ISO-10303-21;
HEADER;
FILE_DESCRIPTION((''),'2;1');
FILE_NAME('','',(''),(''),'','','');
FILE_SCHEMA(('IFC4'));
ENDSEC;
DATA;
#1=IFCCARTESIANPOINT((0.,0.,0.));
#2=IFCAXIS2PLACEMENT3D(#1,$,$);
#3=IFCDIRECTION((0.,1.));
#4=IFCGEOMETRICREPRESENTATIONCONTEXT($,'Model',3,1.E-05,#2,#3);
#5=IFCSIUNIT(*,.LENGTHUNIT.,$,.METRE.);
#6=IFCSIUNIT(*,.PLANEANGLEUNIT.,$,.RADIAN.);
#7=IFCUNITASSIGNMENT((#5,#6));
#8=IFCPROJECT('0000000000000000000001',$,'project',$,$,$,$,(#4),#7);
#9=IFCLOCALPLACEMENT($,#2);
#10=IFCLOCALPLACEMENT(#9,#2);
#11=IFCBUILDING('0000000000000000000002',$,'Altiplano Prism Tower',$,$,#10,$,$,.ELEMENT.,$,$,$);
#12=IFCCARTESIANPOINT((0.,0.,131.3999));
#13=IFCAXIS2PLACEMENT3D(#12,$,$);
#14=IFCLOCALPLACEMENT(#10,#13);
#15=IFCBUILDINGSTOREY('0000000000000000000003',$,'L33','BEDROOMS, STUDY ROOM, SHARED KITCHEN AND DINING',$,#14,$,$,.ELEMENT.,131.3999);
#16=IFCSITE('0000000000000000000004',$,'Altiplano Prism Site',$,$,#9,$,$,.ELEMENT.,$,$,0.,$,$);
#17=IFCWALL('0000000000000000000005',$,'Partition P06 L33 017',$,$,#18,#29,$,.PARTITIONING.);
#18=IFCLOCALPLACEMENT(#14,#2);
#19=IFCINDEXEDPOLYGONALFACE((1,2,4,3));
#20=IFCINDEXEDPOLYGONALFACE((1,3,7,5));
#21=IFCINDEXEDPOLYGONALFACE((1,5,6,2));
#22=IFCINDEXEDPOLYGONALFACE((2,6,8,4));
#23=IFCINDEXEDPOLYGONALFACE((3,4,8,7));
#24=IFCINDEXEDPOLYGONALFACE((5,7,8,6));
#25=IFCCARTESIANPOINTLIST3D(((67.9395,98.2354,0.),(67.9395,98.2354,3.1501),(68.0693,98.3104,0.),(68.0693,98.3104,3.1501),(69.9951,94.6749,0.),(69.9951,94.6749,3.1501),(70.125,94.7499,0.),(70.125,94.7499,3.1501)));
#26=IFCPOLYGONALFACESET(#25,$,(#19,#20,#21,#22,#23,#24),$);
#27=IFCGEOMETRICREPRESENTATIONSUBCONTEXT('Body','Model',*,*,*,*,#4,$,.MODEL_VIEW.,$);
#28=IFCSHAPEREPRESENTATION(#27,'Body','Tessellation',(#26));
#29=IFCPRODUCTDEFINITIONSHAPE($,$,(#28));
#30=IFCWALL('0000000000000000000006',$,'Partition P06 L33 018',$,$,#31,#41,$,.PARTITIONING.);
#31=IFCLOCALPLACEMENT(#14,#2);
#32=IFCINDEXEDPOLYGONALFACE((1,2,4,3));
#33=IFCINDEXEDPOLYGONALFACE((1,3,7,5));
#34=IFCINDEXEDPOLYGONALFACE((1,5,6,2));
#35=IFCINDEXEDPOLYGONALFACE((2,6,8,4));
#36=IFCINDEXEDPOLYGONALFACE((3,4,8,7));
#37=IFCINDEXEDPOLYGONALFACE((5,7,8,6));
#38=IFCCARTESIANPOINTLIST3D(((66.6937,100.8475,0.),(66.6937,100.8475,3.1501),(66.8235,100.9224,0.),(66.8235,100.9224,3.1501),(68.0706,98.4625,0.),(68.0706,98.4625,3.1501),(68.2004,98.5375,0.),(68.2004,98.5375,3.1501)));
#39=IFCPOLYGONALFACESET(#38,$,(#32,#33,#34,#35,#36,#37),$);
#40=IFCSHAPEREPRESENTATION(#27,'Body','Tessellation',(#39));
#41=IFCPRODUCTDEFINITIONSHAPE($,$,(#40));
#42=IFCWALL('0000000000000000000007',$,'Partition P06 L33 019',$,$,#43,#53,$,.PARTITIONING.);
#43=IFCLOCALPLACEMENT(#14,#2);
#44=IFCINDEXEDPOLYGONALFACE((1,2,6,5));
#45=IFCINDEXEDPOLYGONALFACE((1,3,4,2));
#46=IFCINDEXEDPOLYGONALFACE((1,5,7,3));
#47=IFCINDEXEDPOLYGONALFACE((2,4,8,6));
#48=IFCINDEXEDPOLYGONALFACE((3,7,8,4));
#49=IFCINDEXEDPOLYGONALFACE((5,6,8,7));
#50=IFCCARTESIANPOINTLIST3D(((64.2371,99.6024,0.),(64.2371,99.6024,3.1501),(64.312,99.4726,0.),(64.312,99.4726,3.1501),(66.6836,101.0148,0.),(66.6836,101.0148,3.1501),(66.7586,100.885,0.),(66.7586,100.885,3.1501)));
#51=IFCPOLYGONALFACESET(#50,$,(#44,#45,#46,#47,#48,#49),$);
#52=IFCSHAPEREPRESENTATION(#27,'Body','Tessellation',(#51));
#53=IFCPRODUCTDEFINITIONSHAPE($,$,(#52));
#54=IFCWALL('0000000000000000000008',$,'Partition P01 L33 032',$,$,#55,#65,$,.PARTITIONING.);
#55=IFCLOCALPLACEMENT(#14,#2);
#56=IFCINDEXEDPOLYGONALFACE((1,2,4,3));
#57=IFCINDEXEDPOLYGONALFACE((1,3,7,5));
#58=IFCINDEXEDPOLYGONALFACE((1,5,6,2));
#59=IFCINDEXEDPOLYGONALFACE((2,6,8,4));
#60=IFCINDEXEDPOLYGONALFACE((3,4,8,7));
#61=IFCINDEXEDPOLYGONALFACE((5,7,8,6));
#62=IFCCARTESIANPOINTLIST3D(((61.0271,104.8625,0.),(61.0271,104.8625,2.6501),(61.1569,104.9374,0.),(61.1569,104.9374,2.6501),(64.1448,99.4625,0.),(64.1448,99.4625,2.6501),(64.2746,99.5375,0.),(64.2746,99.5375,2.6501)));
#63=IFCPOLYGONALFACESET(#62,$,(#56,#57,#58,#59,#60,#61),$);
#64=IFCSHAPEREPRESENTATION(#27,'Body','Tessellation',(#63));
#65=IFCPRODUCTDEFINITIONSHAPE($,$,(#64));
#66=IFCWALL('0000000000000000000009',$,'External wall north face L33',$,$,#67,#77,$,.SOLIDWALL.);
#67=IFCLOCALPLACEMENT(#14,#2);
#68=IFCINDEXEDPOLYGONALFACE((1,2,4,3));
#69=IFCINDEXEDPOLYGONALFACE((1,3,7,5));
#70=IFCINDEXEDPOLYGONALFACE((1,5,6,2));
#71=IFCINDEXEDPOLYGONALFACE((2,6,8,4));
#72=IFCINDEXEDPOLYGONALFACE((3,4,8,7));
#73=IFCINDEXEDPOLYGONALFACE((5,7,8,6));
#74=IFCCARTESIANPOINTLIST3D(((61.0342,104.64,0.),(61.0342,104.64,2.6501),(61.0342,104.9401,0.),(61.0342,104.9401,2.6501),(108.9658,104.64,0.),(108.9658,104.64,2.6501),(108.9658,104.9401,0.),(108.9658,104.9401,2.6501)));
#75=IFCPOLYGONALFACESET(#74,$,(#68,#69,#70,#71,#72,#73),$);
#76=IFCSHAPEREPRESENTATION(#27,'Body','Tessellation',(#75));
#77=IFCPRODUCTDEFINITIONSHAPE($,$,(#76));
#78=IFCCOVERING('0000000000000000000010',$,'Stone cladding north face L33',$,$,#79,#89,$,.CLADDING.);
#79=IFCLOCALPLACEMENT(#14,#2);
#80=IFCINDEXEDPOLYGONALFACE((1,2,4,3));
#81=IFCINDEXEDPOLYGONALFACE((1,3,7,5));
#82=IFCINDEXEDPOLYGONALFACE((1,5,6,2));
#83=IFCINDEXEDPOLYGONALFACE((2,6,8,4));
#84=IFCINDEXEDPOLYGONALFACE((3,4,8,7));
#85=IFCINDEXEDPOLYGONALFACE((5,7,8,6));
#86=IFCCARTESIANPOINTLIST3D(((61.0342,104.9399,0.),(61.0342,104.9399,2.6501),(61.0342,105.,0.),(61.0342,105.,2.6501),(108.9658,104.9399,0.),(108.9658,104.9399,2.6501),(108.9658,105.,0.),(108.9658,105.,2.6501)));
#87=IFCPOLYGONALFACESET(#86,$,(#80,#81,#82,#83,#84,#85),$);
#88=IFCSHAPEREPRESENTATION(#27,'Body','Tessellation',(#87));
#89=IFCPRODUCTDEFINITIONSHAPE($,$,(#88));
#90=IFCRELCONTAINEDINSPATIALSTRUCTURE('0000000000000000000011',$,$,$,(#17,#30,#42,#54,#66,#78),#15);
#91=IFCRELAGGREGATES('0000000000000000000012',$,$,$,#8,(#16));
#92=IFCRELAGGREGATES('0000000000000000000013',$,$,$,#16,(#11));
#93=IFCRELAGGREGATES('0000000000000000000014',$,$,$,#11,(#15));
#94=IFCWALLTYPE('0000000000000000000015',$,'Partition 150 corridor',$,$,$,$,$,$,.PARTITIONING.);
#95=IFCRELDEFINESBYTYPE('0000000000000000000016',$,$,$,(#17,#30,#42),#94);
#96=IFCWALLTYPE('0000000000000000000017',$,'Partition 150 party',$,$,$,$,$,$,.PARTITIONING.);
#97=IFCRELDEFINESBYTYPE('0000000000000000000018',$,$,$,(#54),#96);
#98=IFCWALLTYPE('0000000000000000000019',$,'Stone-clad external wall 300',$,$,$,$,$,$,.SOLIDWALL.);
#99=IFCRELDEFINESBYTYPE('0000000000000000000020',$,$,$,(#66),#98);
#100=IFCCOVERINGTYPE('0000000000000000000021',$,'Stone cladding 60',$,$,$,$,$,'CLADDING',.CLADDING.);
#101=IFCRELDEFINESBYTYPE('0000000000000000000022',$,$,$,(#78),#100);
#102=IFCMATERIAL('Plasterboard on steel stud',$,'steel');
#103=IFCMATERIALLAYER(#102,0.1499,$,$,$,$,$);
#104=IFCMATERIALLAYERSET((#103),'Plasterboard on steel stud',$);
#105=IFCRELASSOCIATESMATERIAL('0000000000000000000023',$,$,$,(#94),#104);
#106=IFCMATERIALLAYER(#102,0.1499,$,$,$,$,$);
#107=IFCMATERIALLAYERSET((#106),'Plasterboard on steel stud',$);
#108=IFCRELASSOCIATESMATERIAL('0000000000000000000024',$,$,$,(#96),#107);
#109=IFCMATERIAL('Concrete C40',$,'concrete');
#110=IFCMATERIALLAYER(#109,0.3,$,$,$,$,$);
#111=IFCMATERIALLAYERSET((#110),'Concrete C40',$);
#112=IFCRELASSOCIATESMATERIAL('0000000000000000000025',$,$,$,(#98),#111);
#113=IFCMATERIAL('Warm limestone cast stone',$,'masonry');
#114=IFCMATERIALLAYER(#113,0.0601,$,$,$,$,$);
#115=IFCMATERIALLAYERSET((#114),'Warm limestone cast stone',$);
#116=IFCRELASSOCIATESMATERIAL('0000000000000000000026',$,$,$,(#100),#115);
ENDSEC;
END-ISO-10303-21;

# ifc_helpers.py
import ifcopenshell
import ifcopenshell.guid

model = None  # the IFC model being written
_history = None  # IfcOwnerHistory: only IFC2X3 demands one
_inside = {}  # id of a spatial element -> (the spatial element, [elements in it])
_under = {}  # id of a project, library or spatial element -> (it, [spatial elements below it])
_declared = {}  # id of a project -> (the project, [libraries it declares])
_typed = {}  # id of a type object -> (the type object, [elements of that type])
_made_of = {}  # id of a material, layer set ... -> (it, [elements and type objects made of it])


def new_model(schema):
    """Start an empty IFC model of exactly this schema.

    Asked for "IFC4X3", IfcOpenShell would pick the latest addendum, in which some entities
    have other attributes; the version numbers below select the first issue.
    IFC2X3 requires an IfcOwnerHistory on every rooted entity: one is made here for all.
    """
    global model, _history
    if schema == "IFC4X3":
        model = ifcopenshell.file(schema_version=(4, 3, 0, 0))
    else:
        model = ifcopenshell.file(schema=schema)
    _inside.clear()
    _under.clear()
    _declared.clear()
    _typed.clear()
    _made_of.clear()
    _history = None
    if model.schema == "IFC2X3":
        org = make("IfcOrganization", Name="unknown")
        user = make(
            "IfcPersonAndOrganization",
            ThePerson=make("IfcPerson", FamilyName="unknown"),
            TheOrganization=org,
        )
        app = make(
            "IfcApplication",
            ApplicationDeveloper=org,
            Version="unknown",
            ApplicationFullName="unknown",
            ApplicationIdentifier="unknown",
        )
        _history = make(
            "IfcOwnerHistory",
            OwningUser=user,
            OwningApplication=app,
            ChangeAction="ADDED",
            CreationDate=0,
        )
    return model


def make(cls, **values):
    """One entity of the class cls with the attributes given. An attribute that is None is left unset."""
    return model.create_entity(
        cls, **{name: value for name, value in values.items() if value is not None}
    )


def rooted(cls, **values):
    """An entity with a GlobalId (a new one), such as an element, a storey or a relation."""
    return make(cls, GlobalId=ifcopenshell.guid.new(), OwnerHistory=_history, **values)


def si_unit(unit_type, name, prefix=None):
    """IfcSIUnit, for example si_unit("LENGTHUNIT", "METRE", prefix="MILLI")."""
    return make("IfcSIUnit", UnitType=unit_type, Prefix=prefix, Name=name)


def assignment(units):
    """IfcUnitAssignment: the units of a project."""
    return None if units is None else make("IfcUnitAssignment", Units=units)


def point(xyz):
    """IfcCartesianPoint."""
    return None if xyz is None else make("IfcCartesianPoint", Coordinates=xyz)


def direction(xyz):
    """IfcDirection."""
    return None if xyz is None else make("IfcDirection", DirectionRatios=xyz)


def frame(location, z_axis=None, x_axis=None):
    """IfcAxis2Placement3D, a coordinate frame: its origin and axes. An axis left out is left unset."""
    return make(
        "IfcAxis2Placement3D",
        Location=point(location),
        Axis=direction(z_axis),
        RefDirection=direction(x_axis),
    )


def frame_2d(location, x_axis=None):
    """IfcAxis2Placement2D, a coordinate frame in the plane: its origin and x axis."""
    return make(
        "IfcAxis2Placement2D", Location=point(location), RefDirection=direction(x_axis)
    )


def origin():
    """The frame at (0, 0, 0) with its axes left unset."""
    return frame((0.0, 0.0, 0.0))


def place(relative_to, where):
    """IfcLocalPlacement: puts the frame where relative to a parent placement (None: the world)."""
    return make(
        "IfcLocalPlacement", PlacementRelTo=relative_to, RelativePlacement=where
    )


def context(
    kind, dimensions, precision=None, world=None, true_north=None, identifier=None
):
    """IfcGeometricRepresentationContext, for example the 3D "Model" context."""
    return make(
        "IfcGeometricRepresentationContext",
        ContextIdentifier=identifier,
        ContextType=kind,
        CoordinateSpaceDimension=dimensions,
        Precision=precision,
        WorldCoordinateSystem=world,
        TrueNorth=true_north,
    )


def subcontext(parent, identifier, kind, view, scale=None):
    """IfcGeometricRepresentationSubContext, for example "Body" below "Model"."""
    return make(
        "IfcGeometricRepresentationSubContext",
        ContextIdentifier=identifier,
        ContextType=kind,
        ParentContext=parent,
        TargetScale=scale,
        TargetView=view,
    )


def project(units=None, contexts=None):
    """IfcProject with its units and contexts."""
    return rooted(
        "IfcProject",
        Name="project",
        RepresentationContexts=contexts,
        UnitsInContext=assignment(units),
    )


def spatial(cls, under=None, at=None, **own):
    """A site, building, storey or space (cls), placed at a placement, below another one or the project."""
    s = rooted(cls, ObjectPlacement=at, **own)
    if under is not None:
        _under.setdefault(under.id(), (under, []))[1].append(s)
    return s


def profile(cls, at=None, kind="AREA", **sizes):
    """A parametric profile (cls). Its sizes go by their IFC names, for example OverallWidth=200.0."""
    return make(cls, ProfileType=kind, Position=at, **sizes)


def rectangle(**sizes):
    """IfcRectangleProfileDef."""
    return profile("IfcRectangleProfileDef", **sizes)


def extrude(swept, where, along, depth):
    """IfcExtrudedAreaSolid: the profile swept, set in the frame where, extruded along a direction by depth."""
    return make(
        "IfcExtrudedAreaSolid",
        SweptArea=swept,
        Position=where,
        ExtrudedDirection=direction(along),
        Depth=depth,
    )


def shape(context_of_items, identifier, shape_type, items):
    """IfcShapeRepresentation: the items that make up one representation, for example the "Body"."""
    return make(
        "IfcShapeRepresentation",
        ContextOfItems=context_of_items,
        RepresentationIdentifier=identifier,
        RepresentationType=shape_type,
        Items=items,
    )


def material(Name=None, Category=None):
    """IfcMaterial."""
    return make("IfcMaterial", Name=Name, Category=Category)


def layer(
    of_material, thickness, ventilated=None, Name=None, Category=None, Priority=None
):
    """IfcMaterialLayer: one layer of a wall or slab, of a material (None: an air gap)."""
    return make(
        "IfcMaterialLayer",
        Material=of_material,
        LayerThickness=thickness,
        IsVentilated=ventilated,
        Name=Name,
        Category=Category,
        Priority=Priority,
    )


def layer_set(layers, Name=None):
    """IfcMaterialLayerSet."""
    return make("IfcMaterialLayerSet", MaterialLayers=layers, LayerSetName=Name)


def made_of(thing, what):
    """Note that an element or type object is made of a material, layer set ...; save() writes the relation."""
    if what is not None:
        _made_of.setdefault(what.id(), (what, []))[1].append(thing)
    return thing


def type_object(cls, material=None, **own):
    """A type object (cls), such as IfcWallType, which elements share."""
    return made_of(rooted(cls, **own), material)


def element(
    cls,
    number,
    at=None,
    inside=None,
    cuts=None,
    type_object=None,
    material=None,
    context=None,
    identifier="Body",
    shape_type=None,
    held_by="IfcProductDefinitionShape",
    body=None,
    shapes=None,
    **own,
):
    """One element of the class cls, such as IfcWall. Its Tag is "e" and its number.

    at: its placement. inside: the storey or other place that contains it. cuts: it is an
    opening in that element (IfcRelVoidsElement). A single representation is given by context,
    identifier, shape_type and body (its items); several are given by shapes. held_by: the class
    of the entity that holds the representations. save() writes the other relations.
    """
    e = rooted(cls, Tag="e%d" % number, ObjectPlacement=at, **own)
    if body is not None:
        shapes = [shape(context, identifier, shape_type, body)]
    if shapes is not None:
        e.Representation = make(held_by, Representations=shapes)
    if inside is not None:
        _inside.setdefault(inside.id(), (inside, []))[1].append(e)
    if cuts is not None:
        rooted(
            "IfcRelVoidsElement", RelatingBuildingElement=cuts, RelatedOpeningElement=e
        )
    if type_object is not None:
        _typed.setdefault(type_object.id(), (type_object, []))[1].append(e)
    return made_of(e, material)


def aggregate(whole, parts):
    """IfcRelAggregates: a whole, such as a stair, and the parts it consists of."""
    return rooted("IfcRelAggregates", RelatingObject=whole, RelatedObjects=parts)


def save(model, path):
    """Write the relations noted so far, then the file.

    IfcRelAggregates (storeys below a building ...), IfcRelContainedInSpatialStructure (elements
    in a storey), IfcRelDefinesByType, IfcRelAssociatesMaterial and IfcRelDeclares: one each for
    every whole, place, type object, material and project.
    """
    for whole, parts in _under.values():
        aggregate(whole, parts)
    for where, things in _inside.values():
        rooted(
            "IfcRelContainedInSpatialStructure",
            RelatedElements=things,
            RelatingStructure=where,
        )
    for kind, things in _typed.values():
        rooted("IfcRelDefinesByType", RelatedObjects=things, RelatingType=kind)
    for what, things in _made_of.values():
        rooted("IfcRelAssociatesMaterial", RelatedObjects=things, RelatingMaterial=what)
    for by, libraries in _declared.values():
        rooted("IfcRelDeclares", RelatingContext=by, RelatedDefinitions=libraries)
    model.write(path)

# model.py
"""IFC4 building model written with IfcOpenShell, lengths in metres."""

from ifc_helpers import new_model, si_unit, direction, frame, frame_2d, origin, place, context, subcontext, project, spatial, rectangle, extrude, material, layer, layer_set, type_object, element, save


model = new_model("IFC4")

# Units and contexts
model_context = context("Model", 3, precision=1e-05, world=origin(), true_north=direction((0.0, 1.0)))
body_context = subcontext(model_context, "Body", "Model", "MODEL_VIEW")
ifc_project = project(units=[si_unit("LENGTHUNIT", "METRE"), si_unit("PLANEANGLEUNIT", "RADIAN")], contexts=[model_context])

# Site, building, storey
site_placement = place(None, origin())
site = spatial("IfcSite", under=ifc_project, at=site_placement, Name="Altiplano Prism Site", CompositionType="ELEMENT", RefElevation=0.0)
building_placement = place(site_placement, origin())
building = spatial("IfcBuilding", under=site, at=building_placement, Name="Altiplano Prism Tower", CompositionType="ELEMENT")
storey_placement = place(building_placement, frame((0.0, 0.0, 131.3999)))
storey = spatial("IfcBuildingStorey", under=building, at=storey_placement, Name="L33", Description="BEDROOMS, STUDY ROOM, SHARED KITCHEN AND DINING", CompositionType="ELEMENT", Elevation=131.3999)

# Shared definitions
ifc_material_1 = material(Name="Plasterboard on steel stud", Category="steel")
ifc_layer_1 = layer(ifc_material_1, 0.1499)
ifc_layer_set_1 = layer_set([ifc_layer_1], Name="Plasterboard on steel stud")
wall_type_1 = type_object("IfcWallType", Name="Partition 150 corridor", PredefinedType="PARTITIONING", material=ifc_layer_set_1)

# Walls
wall_1_placement = place(storey_placement, frame((70.0601, 94.7124, 0.0), z_axis=(0.0, 0.0, 1.0), x_axis=(-0.499997, 0.866027, 0.0)))
element("IfcWall", 1, at=wall_1_placement, inside=storey, type_object=wall_type_1, Name="Partition P06 L33 017", PredefinedType="PARTITIONING", context=body_context, shape_type="SweptSolid", body=[
    extrude(rectangle(XDim=4.1113, YDim=0.1499, at=frame_2d((2.0557, 0.0))), origin(), (0.0, 0.0, 1.0), 3.1501),
])
wall_2_placement = place(storey_placement, frame((68.1355, 98.5, 0.0), z_axis=(0.0, 0.0, 1.0), x_axis=(-0.499991, 0.866031, 0.0)))
element("IfcWall", 2, at=wall_2_placement, inside=storey, type_object=wall_type_1, Name="Partition P06 L33 018", PredefinedType="PARTITIONING", context=body_context, shape_type="SweptSolid", body=[
    extrude(rectangle(XDim=2.7539, YDim=0.1499, at=frame_2d((1.377, 0.0))), origin(), (0.0, 0.0, 1.0), 3.1501),
])
wall_3_placement = place(storey_placement, frame((66.7212, 100.95, 0.0), z_axis=(0.0, 0.0, 1.0), x_axis=(-0.866049, -0.499959, 0.0)))
element("IfcWall", 3, at=wall_3_placement, inside=storey, type_object=wall_type_1, Name="Partition P06 L33 019", PredefinedType="PARTITIONING", context=body_context, shape_type="SweptSolid", body=[
    extrude(rectangle(XDim=2.825, YDim=0.1499, at=frame_2d((1.4126, 0.0))), origin(), (0.0, 0.0, 1.0), 3.1501),
])
ifc_layer_2 = layer(ifc_material_1, 0.1499)
ifc_layer_set_2 = layer_set([ifc_layer_2], Name="Plasterboard on steel stud")
wall_type_2 = type_object("IfcWallType", Name="Partition 150 party", PredefinedType="PARTITIONING", material=ifc_layer_set_2)
wall_4_placement = place(storey_placement, frame((64.2097, 99.5, 0.0), z_axis=(0.0, 0.0, 1.0), x_axis=(-0.500005, 0.866023, 0.0)))
element("IfcWall", 4, at=wall_4_placement, inside=storey, type_object=wall_type_2, Name="Partition P01 L33 032", PredefinedType="PARTITIONING", context=body_context, shape_type="SweptSolid", body=[
    extrude(rectangle(XDim=6.2354, YDim=0.1499, at=frame_2d((3.1177, 0.0))), origin(), (0.0, 0.0, 1.0), 2.6501),
])
ifc_material_2 = material(Name="Concrete C40", Category="concrete")
ifc_layer_3 = layer(ifc_material_2, 0.3)
ifc_layer_set_3 = layer_set([ifc_layer_3], Name="Concrete C40")
wall_type_3 = type_object("IfcWallType", Name="Stone-clad external wall 300", PredefinedType="SOLIDWALL", material=ifc_layer_set_3)
wall_5_placement = place(storey_placement, frame((61.0342, 104.79, 0.0), z_axis=(0.0, 0.0, 1.0), x_axis=(1.0, 0.0, 0.0)))
element("IfcWall", 5, at=wall_5_placement, inside=storey, type_object=wall_type_3, Name="External wall north face L33", PredefinedType="SOLIDWALL", context=body_context, shape_type="SweptSolid", body=[
    extrude(rectangle(XDim=47.9316, YDim=0.3, at=frame_2d((23.9658, 0.0))), origin(), (0.0, 0.0, 1.0), 2.6501),
])

# Covering
ifc_material_3 = material(Name="Warm limestone cast stone", Category="masonry")
ifc_layer_4 = layer(ifc_material_3, 0.0601)
ifc_layer_set_4 = layer_set([ifc_layer_4], Name="Warm limestone cast stone")
covering_type = type_object("IfcCoveringType", Name="Stone cladding 60", ElementType="CLADDING", PredefinedType="CLADDING", material=ifc_layer_set_4)
covering_placement = place(storey_placement, frame((61.0342, 104.97, 0.0), z_axis=(0.0, 0.0, 1.0), x_axis=(1.0, 0.0, 0.0)))
element("IfcCovering", 6, at=covering_placement, inside=storey, type_object=covering_type, Name="Stone cladding north face L33", PredefinedType="CLADDING", context=body_context, shape_type="SweptSolid", body=[
    extrude(rectangle(XDim=47.9316, YDim=0.0601, at=frame_2d((23.9658, 0.0))), origin(), (0.0, 0.0, 1.0), 2.6501),
])

save(model, "model.ifc")
